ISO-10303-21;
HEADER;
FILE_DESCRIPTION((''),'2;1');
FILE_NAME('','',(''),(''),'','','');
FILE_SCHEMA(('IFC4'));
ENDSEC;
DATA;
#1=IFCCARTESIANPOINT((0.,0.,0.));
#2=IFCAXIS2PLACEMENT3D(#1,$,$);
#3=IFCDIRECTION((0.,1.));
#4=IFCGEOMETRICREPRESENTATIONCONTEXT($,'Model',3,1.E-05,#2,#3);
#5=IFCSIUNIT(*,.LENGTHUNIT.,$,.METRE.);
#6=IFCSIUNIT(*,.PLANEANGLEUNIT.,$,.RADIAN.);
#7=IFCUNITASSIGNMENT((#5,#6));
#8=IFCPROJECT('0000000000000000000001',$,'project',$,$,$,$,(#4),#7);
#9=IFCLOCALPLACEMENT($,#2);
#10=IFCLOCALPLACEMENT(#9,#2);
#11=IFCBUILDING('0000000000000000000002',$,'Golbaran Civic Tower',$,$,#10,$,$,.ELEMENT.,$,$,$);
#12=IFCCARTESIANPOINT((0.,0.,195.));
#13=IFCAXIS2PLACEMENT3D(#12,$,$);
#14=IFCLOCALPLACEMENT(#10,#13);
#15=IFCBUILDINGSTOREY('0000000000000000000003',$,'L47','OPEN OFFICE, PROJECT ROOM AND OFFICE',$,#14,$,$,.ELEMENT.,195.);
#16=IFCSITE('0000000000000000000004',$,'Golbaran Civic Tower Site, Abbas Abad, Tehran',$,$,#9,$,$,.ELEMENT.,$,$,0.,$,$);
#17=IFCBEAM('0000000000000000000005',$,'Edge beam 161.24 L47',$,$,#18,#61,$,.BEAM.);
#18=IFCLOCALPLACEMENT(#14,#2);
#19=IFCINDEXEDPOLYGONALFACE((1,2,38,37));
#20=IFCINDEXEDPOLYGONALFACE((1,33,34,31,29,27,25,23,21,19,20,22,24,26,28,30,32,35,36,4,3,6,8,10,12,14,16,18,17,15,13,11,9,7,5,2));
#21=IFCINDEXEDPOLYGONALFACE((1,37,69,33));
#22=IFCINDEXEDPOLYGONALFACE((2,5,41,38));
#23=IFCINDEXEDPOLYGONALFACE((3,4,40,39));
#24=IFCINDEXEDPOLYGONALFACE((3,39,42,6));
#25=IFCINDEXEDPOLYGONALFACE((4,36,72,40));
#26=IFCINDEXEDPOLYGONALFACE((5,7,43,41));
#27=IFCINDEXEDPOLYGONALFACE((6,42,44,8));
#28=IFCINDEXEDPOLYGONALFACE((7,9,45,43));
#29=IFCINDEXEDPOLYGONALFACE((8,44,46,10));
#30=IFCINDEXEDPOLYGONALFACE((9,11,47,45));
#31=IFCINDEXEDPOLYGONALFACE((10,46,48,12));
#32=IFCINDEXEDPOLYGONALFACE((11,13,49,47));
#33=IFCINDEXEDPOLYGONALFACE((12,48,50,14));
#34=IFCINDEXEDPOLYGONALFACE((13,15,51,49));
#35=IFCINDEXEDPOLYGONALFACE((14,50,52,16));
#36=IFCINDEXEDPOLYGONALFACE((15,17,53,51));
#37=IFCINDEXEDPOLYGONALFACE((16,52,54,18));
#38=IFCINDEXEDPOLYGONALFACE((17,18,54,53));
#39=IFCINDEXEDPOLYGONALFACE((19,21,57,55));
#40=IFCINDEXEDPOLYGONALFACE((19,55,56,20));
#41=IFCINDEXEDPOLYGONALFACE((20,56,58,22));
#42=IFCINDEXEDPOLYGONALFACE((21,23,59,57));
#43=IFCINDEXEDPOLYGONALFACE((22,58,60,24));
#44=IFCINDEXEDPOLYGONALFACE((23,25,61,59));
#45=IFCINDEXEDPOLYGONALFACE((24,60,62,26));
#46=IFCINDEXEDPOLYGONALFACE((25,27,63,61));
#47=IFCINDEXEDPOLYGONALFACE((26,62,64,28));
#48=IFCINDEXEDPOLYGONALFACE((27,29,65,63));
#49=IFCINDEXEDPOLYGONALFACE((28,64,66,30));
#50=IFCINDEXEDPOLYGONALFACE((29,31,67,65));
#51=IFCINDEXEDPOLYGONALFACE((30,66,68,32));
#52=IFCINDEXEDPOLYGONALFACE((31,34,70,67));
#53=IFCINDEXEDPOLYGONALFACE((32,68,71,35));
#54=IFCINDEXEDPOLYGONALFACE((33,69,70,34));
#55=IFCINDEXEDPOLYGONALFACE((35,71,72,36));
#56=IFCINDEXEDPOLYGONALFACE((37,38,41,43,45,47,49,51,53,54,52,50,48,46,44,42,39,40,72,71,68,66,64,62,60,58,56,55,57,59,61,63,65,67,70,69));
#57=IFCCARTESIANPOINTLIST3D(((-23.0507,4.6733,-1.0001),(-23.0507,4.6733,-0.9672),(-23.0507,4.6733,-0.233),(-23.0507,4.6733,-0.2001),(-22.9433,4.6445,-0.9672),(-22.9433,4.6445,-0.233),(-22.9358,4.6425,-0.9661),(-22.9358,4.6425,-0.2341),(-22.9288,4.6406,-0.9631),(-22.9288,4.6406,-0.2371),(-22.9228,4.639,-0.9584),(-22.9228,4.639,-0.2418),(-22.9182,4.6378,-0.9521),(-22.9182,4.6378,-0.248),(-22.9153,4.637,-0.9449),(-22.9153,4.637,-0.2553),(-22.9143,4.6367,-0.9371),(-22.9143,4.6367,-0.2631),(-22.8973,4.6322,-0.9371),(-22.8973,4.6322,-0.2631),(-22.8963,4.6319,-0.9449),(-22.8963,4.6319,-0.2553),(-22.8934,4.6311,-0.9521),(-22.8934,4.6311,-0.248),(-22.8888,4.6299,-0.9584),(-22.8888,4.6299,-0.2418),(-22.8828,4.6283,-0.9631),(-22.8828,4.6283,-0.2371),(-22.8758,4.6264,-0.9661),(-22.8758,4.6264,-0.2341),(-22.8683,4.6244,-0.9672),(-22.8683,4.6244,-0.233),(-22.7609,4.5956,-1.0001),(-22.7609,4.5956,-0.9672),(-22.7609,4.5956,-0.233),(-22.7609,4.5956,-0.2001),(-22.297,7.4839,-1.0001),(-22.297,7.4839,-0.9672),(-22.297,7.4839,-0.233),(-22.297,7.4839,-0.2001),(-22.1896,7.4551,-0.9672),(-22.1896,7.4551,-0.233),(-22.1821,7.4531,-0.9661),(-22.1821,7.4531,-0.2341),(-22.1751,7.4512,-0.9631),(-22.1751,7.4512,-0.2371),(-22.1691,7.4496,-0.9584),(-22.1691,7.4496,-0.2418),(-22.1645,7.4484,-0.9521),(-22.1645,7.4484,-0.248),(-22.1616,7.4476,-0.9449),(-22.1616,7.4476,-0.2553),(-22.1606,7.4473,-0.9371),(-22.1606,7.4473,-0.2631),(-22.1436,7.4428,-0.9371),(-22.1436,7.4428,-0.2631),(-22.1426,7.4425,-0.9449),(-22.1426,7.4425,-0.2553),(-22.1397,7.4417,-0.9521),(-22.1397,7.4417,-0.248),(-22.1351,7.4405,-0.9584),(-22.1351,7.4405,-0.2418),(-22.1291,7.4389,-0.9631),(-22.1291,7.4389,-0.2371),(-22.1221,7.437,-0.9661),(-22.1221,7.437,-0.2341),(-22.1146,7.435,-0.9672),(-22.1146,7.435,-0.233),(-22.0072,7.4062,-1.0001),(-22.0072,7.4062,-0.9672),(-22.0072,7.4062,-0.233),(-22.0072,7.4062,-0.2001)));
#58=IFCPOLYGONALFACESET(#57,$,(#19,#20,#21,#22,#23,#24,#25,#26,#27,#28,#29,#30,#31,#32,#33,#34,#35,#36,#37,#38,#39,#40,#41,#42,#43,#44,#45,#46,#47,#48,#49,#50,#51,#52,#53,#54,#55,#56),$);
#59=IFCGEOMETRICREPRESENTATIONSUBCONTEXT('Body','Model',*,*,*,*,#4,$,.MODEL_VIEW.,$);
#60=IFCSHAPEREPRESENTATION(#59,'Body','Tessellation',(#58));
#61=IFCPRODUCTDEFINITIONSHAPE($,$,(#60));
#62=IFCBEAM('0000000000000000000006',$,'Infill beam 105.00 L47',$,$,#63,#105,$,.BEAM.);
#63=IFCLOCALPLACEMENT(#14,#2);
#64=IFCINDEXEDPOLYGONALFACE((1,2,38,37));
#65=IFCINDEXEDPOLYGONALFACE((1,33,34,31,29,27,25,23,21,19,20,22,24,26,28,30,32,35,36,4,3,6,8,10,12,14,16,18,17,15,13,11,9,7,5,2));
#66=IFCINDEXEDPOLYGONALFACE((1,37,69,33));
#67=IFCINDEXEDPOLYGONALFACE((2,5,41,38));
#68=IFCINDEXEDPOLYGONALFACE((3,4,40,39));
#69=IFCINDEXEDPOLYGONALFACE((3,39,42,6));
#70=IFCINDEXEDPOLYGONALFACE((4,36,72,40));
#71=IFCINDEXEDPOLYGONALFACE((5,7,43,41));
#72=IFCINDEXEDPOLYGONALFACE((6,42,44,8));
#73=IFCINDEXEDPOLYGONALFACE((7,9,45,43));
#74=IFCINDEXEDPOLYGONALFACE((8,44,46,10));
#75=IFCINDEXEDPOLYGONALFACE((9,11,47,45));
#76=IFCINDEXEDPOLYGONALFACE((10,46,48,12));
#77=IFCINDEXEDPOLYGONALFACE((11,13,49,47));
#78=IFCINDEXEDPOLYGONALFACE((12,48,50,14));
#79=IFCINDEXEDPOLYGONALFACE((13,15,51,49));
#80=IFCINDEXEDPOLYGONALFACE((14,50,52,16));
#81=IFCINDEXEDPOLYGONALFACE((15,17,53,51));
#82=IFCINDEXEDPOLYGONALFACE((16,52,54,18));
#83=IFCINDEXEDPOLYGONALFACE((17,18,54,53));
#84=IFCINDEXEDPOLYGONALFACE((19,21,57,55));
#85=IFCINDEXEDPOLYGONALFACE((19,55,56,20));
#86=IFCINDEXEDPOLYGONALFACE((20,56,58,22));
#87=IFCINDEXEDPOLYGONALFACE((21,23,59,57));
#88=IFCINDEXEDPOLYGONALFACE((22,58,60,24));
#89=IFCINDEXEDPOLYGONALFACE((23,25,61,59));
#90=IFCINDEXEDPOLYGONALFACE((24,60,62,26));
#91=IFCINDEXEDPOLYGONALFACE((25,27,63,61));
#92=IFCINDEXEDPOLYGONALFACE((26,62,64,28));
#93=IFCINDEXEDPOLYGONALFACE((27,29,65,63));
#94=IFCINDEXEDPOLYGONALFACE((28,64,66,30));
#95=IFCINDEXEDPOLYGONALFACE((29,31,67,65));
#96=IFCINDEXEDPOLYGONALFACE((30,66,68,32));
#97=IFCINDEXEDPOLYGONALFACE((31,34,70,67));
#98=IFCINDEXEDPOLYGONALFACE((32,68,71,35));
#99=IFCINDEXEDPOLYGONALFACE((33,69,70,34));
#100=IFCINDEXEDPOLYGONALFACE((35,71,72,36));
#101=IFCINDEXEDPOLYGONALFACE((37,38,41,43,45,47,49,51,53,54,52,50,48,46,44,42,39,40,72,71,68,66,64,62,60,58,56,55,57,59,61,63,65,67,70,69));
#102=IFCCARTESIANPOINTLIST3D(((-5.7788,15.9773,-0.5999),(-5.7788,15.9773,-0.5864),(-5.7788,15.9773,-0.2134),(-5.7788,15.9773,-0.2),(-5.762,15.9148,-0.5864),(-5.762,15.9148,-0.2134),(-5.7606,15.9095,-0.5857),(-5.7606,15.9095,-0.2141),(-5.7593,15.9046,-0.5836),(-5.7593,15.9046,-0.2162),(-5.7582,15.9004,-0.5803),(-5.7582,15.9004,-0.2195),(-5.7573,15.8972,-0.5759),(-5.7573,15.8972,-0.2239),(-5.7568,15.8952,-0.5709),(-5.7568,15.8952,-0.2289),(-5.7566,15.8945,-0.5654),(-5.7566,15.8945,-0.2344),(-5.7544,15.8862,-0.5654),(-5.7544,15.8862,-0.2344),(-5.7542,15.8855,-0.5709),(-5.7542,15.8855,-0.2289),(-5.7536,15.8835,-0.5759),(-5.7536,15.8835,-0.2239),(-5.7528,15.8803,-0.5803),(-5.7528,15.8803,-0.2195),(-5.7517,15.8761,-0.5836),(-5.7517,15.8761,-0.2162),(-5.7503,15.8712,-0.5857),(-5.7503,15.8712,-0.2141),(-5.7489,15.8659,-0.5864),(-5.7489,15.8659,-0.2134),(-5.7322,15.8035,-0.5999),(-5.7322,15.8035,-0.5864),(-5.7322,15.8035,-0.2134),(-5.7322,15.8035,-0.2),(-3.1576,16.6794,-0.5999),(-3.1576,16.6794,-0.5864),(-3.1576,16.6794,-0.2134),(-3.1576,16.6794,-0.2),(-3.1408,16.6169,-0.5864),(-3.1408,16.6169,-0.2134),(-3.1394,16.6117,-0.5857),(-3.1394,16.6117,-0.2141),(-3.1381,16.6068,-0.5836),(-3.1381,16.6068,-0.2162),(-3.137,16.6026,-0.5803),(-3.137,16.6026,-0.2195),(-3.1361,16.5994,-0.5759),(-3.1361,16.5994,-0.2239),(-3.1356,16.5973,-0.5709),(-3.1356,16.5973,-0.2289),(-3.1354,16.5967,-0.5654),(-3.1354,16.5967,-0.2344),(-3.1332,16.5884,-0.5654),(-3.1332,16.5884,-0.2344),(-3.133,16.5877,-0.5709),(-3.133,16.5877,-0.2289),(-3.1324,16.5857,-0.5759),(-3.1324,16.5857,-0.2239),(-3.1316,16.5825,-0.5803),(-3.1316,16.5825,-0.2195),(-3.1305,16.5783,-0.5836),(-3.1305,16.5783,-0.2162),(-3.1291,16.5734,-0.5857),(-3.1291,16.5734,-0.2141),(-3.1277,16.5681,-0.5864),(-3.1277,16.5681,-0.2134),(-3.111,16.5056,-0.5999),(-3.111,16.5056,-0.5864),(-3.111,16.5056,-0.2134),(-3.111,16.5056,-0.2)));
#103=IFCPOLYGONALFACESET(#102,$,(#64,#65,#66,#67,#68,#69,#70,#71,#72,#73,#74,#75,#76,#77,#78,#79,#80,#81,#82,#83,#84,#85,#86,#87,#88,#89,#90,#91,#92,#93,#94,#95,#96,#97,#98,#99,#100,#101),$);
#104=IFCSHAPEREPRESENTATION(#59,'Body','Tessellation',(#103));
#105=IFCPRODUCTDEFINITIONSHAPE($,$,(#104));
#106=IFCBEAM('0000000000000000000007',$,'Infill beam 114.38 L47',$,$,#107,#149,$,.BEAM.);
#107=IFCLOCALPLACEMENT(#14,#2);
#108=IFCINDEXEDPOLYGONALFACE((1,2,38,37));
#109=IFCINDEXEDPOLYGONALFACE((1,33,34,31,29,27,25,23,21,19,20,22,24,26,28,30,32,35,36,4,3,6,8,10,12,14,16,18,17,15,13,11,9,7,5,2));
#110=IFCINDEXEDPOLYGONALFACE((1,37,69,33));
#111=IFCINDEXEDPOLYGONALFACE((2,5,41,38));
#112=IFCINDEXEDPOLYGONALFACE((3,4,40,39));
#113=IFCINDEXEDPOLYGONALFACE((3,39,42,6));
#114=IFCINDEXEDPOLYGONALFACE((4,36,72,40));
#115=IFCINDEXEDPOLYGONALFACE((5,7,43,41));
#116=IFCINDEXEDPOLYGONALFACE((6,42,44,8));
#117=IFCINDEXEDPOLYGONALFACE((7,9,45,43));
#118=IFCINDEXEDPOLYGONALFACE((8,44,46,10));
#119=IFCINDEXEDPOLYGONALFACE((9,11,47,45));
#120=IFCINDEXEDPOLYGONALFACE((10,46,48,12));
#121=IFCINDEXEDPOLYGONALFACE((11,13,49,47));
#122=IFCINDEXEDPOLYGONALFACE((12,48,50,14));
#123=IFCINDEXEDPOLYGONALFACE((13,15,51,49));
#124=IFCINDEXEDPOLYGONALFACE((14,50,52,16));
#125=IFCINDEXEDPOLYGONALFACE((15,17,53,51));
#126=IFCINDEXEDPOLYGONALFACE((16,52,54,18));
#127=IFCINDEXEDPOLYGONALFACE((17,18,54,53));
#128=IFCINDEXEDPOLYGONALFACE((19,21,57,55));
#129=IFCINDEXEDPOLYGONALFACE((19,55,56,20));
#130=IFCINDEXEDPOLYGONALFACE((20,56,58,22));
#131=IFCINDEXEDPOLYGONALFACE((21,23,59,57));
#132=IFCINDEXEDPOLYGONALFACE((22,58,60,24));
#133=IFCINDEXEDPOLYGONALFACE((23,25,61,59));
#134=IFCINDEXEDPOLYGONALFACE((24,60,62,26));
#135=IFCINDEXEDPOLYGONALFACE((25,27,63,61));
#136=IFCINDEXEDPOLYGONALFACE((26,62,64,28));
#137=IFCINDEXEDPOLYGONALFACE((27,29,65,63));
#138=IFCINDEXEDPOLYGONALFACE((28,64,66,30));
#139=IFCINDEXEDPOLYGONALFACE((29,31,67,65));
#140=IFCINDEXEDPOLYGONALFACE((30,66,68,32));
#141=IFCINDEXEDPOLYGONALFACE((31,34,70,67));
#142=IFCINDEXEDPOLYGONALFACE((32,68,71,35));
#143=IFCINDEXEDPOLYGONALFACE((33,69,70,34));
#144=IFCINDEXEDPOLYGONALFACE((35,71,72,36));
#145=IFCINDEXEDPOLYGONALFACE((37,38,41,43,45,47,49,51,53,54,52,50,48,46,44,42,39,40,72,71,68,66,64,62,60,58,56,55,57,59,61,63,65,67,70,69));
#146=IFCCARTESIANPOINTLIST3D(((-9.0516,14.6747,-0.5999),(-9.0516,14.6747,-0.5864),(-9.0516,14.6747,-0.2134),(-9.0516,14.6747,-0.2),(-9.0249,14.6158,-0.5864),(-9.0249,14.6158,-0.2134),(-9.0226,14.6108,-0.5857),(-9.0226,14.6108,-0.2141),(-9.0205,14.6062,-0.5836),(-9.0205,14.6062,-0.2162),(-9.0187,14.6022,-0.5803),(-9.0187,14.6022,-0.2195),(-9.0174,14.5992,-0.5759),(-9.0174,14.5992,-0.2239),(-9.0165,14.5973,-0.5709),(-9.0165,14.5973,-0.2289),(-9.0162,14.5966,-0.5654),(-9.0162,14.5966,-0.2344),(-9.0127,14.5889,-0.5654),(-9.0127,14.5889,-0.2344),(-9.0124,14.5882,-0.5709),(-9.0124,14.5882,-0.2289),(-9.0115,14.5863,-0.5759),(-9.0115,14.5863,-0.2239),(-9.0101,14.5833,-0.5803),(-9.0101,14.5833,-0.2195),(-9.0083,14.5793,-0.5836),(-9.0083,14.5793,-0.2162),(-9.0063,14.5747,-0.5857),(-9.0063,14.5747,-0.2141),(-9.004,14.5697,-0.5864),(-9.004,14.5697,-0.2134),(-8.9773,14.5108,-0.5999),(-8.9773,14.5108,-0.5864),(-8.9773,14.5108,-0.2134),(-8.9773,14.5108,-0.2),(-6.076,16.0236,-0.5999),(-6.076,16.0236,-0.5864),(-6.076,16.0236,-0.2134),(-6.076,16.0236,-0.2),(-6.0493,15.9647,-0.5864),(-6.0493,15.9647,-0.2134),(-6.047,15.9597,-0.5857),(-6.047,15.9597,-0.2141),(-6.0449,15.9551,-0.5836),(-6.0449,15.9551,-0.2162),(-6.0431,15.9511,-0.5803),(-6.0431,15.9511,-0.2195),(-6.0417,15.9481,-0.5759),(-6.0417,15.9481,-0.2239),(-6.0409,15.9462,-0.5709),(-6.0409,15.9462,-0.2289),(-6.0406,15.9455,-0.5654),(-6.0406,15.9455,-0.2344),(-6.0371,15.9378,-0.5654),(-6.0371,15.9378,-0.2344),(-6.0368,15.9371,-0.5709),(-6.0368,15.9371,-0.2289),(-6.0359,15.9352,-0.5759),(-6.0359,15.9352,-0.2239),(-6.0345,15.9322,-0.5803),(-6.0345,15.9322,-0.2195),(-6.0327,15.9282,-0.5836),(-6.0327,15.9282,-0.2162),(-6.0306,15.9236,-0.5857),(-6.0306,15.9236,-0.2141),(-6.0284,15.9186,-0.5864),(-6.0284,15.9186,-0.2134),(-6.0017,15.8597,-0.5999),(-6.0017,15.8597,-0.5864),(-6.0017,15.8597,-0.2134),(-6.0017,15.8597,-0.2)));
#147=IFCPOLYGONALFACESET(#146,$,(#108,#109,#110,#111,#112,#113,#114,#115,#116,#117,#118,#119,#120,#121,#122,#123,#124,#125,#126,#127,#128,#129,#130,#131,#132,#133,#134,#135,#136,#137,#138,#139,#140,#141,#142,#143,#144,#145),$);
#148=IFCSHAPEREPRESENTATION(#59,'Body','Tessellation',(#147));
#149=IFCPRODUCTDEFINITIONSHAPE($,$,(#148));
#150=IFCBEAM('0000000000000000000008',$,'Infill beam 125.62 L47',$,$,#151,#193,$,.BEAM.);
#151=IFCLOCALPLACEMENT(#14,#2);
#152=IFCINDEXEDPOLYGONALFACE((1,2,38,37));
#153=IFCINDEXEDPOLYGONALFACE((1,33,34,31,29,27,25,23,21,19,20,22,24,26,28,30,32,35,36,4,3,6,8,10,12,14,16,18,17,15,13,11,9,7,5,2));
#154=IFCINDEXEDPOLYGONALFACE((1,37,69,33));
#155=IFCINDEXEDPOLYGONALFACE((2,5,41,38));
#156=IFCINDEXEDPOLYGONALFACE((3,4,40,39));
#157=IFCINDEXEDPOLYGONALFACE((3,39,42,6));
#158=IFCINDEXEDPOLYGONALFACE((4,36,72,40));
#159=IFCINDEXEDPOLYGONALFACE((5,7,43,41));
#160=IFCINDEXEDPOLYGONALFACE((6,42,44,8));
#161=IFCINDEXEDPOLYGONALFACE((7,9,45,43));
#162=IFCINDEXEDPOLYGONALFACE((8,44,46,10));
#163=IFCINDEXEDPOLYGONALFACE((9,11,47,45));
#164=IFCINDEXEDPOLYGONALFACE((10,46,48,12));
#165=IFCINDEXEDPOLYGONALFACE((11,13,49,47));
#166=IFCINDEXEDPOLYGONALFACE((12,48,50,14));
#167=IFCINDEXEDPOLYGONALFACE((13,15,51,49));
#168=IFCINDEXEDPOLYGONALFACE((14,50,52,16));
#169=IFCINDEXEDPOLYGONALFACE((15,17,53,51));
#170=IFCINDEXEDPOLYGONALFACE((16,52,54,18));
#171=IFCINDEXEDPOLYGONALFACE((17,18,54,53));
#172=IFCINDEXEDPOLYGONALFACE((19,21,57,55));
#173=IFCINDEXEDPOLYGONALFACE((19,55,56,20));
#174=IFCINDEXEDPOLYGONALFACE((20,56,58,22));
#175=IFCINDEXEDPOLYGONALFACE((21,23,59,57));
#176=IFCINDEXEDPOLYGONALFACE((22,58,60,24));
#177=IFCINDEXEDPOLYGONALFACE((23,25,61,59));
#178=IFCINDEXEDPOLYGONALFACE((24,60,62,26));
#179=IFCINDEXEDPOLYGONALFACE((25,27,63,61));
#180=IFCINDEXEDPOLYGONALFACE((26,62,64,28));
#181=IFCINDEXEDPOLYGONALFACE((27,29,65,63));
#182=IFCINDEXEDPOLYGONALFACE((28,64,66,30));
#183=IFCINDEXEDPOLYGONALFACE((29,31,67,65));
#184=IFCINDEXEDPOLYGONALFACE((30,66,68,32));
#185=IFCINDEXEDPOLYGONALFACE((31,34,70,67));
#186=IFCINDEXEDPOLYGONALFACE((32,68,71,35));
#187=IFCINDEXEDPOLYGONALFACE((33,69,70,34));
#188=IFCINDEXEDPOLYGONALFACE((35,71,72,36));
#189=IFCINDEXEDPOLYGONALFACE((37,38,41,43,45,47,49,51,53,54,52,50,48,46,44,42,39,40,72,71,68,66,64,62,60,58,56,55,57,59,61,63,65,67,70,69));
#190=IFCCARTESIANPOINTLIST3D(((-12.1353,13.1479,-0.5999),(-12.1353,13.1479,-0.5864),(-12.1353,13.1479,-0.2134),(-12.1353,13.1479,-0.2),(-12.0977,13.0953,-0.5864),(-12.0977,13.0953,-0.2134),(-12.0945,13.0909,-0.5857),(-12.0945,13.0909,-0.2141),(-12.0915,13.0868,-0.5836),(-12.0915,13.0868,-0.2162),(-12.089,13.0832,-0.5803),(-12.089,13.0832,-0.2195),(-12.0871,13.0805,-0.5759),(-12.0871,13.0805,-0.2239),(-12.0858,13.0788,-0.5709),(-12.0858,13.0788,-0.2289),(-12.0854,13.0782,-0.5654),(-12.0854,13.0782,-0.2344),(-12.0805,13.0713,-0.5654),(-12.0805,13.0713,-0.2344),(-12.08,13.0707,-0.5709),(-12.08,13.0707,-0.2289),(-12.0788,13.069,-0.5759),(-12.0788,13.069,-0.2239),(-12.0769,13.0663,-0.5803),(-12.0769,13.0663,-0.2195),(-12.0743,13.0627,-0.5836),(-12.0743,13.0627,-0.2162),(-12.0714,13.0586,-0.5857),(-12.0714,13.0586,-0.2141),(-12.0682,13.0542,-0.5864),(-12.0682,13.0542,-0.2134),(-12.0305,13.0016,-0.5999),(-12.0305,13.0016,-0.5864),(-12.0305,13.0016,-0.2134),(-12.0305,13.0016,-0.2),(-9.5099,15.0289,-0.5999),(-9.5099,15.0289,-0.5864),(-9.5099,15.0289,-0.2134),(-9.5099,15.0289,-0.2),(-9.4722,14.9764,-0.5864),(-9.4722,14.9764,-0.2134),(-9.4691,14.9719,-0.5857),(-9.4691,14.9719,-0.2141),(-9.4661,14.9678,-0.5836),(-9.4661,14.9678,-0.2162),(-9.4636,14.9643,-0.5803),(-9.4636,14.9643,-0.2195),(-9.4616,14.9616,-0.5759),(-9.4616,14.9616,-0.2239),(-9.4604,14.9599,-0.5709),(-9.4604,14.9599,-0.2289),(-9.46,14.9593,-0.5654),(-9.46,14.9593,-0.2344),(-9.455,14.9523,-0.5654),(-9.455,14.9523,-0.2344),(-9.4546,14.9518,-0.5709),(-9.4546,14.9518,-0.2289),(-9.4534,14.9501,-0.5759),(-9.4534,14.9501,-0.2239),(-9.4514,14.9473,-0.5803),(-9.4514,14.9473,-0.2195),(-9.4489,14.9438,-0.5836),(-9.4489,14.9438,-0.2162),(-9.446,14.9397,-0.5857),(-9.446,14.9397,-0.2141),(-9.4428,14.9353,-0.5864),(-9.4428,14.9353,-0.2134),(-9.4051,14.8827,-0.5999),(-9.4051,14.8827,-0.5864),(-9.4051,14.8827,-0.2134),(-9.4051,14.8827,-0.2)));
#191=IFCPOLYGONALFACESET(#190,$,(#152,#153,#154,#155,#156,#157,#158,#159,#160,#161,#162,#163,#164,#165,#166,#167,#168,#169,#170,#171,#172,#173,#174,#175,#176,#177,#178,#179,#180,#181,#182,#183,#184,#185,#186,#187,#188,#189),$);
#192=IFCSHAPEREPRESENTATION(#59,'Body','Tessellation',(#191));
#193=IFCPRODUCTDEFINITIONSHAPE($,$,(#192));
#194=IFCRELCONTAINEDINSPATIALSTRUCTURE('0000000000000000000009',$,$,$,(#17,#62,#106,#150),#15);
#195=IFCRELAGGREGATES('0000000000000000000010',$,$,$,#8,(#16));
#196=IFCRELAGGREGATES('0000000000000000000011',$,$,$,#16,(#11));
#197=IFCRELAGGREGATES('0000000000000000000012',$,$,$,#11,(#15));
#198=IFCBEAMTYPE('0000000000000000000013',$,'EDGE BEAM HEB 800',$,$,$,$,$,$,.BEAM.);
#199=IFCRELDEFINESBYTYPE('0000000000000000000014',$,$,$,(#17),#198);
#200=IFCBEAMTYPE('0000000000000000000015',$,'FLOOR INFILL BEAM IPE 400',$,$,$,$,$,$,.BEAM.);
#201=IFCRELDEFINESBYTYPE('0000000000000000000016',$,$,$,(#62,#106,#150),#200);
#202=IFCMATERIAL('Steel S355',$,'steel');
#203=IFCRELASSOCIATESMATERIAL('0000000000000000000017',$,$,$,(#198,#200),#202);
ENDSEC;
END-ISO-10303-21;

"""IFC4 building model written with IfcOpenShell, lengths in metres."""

from ifc_helpers import new_model, si_unit, direction, frame, origin, origin_2d, place, context, subcontext, project, spatial, i_section, extrude, material, material_profile, profile_set, type_object, element, save


model = new_model("IFC4")

# Units and contexts
model_context = context("Model", 3, precision=1e-05, world=origin(), true_north=direction((0.0, 1.0)))
body_context = subcontext(model_context, "Body", "Model", "MODEL_VIEW")
ifc_project = project(units=[si_unit("LENGTHUNIT", "METRE"), si_unit("PLANEANGLEUNIT", "RADIAN")], contexts=[model_context])

# Site, building, storey
site_placement = place(None, origin())
site = spatial("IfcSite", under=ifc_project, at=site_placement, Name="Golbaran Civic Tower Site, Abbas Abad, Tehran", CompositionType="ELEMENT", RefElevation=0.0)
building_placement = place(site_placement, origin())
building = spatial("IfcBuilding", under=site, at=building_placement, Name="Golbaran Civic Tower", CompositionType="ELEMENT")
storey_placement = place(building_placement, frame((0.0, 0.0, 195.0)))
storey = spatial("IfcBuildingStorey", under=building, at=storey_placement, Name="L47", Description="OPEN OFFICE, PROJECT ROOM AND OFFICE", CompositionType="ELEMENT", Elevation=195.0)

# Beams
ifc_material_1 = material(Name="Steel S355", Category="steel")
ifc_material_profile_1 = material_profile(ifc_material_1, i_section(OverallWidth=0.3, OverallDepth=0.8, WebThickness=0.0176, FlangeThickness=0.033, FilletRadius=0.03, at=origin_2d()), Name="HEB 800")
ifc_profile_set_1 = profile_set([ifc_material_profile_1], Name="Steel S355")
beam_type_1 = type_object("IfcBeamType", Name="EDGE BEAM HEB 800", PredefinedType="BEAM", material=ifc_profile_set_1)
beam_1_placement = place(storey_placement, frame((-22.1521, 7.4451, -0.6001), z_axis=(-0.259004, -0.965876, 0.0), x_axis=(0.965876, -0.259004, 0.0)))
element("IfcBeam", 1, at=beam_1_placement, inside=storey, type_object=beam_type_1, Name="Edge beam 161.24 L47", PredefinedType="BEAM", context=body_context, shape_type="SweptSolid", body=[
    extrude(i_section(OverallWidth=0.3, OverallDepth=0.8, WebThickness=0.0176, FlangeThickness=0.033, FilletRadius=0.03, at=origin_2d()), origin(), (0.0, 0.0, 1.0), 2.9099),
])
ifc_material_profile_2 = material_profile(ifc_material_1, i_section(OverallWidth=0.1799, OverallDepth=0.3999, WebThickness=0.0085, FlangeThickness=0.0134, FilletRadius=0.021, at=origin_2d()), Name="IPE 400")
ifc_profile_set_2 = profile_set([ifc_material_profile_2], Name="Steel S355")
beam_type_2 = type_object("IfcBeamType", Name="FLOOR INFILL BEAM IPE 400", PredefinedType="BEAM", material=ifc_profile_set_2)
beam_2_placement = place(storey_placement, frame((-3.1343, 16.5925, -0.3999), z_axis=(-0.965942, -0.25876, 0.0), x_axis=(0.25876, -0.965942, 0.0)))
element("IfcBeam", 2, at=beam_2_placement, inside=storey, type_object=beam_type_2, Name="Infill beam 105.00 L47", PredefinedType="BEAM", context=body_context, shape_type="SweptSolid", body=[
    extrude(i_section(OverallWidth=0.1799, OverallDepth=0.3999, WebThickness=0.0085, FlangeThickness=0.0134, FilletRadius=0.021, at=origin_2d()), origin(), (0.0, 0.0, 1.0), 2.7136),
])
beam_3_placement = place(storey_placement, frame((-6.0388, 15.9417, -0.3999), z_axis=(-0.910788, -0.412874, 0.0), x_axis=(0.412874, -0.910788, 0.0)))
element("IfcBeam", 3, at=beam_3_placement, inside=storey, type_object=beam_type_2, Name="Infill beam 114.38 L47", PredefinedType="BEAM", context=body_context, shape_type="SweptSolid", body=[
    extrude(i_section(OverallWidth=0.1799, OverallDepth=0.3999, WebThickness=0.0085, FlangeThickness=0.0134, FilletRadius=0.021, at=origin_2d()), origin(), (0.0, 0.0, 1.0), 3.2671),
])
beam_4_placement = place(storey_placement, frame((-9.4575, 14.9558, -0.3999), z_axis=(-0.81289, -0.582417, 0.0), x_axis=(0.582417, -0.81289, 0.0)))
element("IfcBeam", 4, at=beam_4_placement, inside=storey, type_object=beam_type_2, Name="Infill beam 125.62 L47", PredefinedType="BEAM", context=body_context, shape_type="SweptSolid", body=[
    extrude(i_section(OverallWidth=0.1799, OverallDepth=0.3999, WebThickness=0.0085, FlangeThickness=0.0134, FilletRadius=0.021, at=origin_2d()), origin(), (0.0, 0.0, 1.0), 3.2297),
])

save(model, "model.ifc")
